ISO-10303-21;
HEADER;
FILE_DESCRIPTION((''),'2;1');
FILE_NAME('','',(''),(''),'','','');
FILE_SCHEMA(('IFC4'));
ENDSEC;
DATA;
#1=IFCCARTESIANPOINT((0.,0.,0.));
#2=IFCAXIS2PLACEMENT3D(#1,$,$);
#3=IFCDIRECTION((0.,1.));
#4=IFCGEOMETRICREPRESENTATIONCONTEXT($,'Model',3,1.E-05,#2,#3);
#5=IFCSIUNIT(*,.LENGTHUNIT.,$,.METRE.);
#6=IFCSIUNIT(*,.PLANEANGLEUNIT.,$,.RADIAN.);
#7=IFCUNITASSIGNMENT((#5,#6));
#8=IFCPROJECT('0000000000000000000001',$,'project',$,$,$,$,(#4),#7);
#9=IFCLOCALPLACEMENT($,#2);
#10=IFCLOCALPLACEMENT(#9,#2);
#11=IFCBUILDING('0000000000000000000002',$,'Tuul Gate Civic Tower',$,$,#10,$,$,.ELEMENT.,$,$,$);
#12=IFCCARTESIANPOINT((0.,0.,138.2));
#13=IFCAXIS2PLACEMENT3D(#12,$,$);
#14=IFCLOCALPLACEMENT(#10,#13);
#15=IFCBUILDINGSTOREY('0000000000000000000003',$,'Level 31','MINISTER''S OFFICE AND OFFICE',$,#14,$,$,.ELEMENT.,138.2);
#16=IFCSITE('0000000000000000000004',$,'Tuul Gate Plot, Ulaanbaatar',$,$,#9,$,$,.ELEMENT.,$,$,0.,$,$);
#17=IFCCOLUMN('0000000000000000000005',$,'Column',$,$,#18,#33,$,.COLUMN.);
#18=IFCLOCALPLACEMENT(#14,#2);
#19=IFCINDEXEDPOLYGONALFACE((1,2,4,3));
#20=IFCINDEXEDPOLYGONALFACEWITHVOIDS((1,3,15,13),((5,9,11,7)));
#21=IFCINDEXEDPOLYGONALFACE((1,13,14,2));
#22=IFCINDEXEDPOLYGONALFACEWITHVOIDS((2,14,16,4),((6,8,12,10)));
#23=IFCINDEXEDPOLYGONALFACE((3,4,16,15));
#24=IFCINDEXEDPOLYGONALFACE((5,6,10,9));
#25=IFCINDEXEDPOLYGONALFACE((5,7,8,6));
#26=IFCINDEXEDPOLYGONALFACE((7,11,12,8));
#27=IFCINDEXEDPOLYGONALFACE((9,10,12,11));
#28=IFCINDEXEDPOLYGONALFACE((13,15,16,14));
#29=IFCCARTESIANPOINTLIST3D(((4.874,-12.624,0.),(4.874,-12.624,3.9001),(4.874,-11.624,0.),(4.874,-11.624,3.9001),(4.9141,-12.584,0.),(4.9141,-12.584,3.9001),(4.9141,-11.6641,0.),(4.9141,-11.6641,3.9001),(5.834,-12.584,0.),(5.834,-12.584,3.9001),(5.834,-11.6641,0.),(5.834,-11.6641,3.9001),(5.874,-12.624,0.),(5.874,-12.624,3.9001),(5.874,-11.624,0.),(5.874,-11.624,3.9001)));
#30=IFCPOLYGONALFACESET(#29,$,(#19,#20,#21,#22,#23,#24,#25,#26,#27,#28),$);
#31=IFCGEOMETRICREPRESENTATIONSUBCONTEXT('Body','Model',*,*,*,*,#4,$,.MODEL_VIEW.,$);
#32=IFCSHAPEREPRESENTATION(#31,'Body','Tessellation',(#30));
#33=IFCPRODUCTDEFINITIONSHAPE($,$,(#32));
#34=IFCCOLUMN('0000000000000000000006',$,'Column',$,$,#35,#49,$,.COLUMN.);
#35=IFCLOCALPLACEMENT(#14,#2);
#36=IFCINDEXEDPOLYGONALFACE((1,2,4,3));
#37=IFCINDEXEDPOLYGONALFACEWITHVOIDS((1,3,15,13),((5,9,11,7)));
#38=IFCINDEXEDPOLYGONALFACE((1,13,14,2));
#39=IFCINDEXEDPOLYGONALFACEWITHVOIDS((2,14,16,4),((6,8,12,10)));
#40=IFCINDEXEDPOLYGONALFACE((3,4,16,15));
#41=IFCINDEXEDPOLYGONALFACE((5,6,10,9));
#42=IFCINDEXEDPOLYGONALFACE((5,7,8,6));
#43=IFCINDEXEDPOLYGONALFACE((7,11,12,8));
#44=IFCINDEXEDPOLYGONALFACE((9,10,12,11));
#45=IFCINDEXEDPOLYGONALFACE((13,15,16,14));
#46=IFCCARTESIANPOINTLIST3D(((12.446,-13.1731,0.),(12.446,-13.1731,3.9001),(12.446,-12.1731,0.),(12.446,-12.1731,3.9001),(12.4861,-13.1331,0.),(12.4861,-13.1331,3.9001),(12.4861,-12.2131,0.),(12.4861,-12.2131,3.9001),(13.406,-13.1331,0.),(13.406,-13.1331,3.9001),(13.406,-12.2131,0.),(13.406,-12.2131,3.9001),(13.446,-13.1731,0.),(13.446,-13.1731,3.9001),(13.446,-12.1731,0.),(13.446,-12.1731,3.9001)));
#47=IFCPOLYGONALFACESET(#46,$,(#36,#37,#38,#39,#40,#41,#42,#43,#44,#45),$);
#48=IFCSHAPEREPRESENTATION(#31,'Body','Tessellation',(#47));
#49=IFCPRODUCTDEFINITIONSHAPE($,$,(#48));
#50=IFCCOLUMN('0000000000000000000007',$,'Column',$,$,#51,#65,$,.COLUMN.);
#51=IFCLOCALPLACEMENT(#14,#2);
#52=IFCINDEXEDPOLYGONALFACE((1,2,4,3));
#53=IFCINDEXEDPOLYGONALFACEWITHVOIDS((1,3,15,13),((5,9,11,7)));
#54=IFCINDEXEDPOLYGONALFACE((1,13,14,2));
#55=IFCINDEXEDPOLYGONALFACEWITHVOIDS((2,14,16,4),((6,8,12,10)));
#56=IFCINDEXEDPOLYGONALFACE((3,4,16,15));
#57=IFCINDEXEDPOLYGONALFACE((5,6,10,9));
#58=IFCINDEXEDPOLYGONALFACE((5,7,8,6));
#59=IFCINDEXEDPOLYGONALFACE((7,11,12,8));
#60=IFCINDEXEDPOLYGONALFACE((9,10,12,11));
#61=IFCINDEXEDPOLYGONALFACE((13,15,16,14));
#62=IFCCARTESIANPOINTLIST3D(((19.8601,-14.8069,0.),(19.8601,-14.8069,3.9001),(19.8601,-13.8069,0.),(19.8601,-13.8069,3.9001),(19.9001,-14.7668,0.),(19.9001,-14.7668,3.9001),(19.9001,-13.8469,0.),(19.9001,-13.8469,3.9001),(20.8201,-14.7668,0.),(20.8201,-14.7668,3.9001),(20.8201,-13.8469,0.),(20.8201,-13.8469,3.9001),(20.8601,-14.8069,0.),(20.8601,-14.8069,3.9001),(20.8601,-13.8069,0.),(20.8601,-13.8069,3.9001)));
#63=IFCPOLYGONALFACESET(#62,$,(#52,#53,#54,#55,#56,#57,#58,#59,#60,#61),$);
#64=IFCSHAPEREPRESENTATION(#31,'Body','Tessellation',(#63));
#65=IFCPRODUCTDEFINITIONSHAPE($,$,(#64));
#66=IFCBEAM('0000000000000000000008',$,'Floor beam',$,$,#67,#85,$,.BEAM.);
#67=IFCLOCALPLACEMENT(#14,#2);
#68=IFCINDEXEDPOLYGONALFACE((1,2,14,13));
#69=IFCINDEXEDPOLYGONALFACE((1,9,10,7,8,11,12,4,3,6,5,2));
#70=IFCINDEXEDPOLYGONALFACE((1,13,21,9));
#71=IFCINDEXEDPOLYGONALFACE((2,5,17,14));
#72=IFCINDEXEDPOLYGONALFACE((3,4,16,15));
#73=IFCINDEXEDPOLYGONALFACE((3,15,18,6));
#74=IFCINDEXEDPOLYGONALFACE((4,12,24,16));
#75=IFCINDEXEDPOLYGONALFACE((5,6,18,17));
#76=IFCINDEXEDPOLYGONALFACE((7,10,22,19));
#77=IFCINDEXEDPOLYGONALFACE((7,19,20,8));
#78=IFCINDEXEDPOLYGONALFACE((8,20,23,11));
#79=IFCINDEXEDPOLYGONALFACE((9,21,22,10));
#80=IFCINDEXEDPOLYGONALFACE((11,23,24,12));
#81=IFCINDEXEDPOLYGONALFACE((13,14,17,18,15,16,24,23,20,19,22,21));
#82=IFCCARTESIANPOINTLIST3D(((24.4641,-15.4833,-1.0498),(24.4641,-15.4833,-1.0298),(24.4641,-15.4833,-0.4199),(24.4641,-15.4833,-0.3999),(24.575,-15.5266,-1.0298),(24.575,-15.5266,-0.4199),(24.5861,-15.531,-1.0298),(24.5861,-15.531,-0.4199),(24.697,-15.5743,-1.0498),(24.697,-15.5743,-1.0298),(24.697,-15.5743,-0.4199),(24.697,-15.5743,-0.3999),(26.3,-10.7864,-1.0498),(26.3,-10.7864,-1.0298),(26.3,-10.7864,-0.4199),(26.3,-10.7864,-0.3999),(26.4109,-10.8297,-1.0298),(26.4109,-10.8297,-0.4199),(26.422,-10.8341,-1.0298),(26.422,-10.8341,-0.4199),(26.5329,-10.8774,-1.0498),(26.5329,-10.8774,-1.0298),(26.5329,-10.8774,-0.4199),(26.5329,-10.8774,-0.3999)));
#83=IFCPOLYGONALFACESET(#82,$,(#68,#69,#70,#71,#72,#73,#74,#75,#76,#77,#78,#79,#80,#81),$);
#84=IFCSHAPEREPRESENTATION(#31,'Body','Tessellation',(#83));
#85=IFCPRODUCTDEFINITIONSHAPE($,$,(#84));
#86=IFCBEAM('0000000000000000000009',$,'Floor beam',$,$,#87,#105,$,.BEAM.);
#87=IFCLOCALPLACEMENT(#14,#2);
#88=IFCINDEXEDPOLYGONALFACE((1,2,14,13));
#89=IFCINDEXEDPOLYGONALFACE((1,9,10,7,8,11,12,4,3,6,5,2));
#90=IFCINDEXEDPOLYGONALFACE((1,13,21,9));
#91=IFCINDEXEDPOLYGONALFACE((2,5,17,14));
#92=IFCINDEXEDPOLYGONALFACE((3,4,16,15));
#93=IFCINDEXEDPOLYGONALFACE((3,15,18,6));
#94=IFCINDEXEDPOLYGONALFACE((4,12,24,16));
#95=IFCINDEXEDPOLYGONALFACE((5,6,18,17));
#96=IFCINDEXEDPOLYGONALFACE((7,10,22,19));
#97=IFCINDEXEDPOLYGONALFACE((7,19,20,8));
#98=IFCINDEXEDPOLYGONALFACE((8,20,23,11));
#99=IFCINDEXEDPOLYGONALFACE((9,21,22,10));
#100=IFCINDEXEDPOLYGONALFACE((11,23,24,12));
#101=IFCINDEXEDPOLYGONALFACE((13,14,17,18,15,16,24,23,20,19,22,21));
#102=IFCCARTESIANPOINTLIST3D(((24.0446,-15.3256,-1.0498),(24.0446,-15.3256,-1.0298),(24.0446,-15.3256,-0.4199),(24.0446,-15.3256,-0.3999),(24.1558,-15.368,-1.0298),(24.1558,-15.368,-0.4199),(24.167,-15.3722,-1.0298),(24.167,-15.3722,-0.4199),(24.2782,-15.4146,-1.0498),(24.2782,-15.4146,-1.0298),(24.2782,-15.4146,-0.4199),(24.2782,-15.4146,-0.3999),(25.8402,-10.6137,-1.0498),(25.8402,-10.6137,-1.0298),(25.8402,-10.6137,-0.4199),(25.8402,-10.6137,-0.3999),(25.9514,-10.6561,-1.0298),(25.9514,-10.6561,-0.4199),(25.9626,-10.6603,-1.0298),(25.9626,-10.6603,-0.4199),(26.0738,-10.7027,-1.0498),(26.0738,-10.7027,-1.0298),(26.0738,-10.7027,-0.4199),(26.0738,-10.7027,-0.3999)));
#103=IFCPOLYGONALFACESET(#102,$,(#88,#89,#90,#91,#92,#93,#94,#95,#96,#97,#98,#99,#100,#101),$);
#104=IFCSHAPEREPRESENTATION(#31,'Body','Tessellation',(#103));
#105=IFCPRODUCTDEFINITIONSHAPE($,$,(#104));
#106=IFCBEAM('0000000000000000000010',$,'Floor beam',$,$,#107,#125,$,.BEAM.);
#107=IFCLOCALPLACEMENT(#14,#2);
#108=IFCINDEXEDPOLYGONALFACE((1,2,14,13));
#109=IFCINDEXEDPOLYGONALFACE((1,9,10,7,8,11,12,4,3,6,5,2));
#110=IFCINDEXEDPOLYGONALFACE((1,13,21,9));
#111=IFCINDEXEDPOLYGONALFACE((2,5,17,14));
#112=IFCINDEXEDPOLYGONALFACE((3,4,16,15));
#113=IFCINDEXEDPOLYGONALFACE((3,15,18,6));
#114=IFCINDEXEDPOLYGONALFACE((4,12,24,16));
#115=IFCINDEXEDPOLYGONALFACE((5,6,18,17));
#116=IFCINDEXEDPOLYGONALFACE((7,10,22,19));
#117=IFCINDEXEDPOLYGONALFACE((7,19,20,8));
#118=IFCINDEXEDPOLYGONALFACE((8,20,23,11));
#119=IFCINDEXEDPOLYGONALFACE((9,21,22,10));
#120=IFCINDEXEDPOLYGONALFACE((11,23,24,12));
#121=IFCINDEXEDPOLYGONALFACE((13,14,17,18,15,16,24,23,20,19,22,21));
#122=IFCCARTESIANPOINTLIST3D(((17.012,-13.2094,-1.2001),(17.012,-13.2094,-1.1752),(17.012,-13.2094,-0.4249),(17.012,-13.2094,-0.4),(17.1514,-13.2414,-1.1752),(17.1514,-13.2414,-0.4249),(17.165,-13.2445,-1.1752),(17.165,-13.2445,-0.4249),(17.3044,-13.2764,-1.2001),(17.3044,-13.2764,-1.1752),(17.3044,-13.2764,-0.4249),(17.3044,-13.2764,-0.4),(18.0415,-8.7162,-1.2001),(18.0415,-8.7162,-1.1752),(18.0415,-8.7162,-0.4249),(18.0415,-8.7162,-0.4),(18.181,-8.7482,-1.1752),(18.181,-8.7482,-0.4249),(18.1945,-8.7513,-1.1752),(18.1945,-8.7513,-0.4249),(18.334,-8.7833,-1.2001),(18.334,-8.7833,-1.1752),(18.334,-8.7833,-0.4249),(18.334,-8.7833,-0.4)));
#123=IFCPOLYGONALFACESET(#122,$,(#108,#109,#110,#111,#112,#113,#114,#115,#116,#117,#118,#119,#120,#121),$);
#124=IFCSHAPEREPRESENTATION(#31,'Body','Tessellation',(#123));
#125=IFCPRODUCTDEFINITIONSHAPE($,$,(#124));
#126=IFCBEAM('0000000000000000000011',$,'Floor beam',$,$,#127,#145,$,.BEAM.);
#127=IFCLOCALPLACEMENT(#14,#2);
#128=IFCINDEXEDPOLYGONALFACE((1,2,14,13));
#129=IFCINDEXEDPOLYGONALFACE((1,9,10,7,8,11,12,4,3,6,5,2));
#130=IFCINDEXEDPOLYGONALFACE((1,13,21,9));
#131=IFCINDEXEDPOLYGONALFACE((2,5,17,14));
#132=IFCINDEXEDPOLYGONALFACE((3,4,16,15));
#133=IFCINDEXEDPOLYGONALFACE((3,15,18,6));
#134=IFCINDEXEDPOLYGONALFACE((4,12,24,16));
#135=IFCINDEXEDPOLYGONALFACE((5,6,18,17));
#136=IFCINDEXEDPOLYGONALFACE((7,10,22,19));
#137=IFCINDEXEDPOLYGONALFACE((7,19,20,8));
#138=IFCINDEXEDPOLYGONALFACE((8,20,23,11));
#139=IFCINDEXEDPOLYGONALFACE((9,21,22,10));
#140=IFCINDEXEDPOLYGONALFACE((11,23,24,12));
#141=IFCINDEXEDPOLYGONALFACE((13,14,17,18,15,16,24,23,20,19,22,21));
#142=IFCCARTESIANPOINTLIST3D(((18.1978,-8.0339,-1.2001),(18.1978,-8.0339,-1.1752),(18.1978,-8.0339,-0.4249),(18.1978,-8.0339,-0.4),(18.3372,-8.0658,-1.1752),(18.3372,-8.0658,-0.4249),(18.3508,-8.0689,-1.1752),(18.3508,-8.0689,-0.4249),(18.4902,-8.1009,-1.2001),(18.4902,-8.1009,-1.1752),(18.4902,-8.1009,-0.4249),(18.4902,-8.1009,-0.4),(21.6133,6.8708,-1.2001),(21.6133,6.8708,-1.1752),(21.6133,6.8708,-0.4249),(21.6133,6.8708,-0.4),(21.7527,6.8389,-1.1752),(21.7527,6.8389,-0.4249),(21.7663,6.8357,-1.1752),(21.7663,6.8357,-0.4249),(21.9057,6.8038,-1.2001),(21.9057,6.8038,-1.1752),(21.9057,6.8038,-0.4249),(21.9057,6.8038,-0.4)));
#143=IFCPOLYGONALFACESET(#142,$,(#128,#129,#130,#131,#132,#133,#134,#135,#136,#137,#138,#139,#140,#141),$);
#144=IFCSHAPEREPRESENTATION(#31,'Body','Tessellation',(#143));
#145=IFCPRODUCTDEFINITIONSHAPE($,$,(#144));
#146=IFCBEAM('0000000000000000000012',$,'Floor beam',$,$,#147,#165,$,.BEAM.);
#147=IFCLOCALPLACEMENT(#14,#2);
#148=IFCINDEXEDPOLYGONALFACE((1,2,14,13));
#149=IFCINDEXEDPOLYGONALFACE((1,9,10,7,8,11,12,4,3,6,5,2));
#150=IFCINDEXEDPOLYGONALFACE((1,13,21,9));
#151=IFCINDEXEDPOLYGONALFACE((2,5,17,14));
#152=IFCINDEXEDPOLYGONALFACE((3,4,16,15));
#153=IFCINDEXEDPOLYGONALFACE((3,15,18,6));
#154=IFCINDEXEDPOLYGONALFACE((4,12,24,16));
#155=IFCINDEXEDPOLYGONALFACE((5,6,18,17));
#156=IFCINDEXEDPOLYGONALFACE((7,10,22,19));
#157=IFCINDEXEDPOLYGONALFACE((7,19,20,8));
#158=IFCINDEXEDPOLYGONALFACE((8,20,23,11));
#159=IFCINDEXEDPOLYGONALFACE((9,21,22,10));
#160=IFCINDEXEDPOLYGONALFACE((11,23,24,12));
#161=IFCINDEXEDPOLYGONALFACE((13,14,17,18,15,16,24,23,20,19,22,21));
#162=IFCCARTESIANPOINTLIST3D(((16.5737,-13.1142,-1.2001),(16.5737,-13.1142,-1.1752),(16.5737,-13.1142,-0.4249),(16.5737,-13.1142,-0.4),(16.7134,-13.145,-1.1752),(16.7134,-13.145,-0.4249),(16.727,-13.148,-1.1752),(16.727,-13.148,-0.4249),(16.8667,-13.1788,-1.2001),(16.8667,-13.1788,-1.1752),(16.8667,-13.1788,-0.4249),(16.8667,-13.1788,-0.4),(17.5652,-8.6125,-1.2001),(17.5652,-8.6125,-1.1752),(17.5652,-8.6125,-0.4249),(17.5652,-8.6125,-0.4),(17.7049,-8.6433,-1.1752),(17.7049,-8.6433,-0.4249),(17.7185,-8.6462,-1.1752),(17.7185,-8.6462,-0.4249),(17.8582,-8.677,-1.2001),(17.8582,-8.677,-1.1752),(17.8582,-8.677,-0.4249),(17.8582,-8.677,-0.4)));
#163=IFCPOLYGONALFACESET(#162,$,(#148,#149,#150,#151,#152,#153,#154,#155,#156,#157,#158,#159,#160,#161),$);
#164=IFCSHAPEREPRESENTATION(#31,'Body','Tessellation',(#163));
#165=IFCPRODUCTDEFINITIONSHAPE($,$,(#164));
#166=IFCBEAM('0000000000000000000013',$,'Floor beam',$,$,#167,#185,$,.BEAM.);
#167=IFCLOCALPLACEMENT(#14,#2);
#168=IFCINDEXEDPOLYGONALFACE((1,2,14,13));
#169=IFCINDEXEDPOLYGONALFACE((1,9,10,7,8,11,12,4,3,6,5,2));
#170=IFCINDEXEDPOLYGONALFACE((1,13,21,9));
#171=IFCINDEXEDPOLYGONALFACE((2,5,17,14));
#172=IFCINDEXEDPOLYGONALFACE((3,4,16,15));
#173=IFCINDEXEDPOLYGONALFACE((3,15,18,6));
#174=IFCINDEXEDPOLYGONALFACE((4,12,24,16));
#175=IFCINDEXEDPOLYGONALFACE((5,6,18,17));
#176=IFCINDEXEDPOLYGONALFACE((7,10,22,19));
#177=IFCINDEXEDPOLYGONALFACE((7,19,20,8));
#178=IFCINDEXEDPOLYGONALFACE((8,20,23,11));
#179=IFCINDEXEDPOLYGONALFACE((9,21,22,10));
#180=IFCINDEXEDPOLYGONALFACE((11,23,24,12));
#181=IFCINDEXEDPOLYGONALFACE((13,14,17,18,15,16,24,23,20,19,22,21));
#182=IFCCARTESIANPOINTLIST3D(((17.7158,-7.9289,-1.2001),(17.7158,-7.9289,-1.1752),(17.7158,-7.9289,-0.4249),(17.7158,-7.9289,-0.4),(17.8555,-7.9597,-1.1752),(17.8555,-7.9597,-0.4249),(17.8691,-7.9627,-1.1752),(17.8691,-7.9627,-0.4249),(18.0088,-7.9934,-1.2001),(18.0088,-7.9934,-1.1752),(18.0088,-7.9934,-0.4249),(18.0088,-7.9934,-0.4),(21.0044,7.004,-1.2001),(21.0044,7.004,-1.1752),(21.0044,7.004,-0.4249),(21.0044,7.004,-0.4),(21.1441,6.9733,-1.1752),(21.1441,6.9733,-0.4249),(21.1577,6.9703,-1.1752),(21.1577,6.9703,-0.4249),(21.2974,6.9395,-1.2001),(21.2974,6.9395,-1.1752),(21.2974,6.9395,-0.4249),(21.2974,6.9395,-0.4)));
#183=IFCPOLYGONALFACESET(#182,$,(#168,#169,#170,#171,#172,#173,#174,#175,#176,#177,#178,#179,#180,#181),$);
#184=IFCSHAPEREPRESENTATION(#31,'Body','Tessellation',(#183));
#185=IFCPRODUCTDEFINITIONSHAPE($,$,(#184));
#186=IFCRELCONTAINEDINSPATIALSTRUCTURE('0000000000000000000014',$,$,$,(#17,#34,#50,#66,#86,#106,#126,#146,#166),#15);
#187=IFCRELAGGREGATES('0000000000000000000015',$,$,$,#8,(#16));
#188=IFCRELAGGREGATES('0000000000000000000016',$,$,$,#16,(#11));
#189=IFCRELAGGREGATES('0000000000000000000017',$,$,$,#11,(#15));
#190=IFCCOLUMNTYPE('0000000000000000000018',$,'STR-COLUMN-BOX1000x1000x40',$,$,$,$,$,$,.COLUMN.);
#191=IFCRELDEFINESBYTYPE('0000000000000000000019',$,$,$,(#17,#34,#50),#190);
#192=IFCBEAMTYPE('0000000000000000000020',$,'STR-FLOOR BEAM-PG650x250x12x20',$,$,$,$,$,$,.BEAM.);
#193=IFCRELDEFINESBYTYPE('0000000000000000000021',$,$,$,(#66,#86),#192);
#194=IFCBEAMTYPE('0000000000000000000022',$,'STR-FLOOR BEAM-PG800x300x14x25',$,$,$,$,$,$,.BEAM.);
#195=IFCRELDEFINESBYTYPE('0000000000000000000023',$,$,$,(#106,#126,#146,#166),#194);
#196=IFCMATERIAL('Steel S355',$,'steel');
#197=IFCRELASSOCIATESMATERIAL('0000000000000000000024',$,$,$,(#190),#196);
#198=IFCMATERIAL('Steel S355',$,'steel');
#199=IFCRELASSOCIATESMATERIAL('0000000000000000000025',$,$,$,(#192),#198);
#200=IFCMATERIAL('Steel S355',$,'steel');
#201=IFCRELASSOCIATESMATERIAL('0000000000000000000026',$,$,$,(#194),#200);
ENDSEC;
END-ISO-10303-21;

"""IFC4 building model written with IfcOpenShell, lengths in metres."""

from ifc_helpers import new_model, si_unit, direction, frame, origin, origin_2d, place, context, subcontext, project, spatial, hollow_rectangle, i_section, extrude, material, material_profile, profile_set, type_object, element, save


model = new_model("IFC4")

# Units and contexts
model_context = context("Model", 3, precision=1e-05, world=origin(), true_north=direction((0.0, 1.0)))
body_context = subcontext(model_context, "Body", "Model", "MODEL_VIEW")
ifc_project = project(units=[si_unit("LENGTHUNIT", "METRE"), si_unit("PLANEANGLEUNIT", "RADIAN")], contexts=[model_context])

# Site, building, storey
site_placement = place(None, origin())
site = spatial("IfcSite", under=ifc_project, at=site_placement, Name="Tuul Gate Plot, Ulaanbaatar", CompositionType="ELEMENT", RefElevation=0.0)
building_placement = place(site_placement, origin())
building = spatial("IfcBuilding", under=site, at=building_placement, Name="Tuul Gate Civic Tower", CompositionType="ELEMENT")
storey_placement = place(building_placement, frame((0.0, 0.0, 138.2)))
storey = spatial("IfcBuildingStorey", under=building, at=storey_placement, Name="Level 31", Description="MINISTER'S OFFICE AND OFFICE", CompositionType="ELEMENT", Elevation=138.2)

# Columns
ifc_material_1 = material(Name="Steel S355", Category="steel")
ifc_material_profile_1 = material_profile(ifc_material_1, hollow_rectangle(XDim=1.0, YDim=1.0, WallThickness=0.04, at=origin_2d()), Name="BOX1000x1000x40")
ifc_profile_set_1 = profile_set([ifc_material_profile_1], Name="Steel S355")
column_type = type_object("IfcColumnType", Name="STR-COLUMN-BOX1000x1000x40", PredefinedType="COLUMN", material=ifc_profile_set_1)
for number, where, z_axis, x_axis, name in (
    (1, (5.374, -12.124, 0.0), (0.0, 0.0, 1.0), (1.0, 0.0, 0.0), "Column"),
    (2, (12.946, -12.6731, 0.0), (0.0, 0.0, 1.0), (1.0, 0.0, 0.0), "Column"),
    (3, (20.3601, -14.3069, 0.0), (0.0, 0.0, 1.0), (1.0, 0.0, 0.0), "Column"),
):
    element("IfcColumn", number, at=place(storey_placement, frame(where, z_axis=z_axis, x_axis=x_axis)), inside=storey, type_object=column_type, Name=name, PredefinedType="COLUMN", context=body_context, shape_type="SweptSolid", body=[
        extrude(hollow_rectangle(XDim=1.0, YDim=1.0, WallThickness=0.04, at=origin_2d()), origin(), (0.0, 0.0, 1.0), 3.9001),
    ])

# Beams
ifc_material_2 = material(Name="Steel S355", Category="steel")
ifc_material_profile_2 = material_profile(ifc_material_2, i_section(OverallWidth=0.25, OverallDepth=0.6499, WebThickness=0.012, FlangeThickness=0.02, at=origin_2d()), Name="PG650x250x12x20")
ifc_profile_set_2 = profile_set([ifc_material_profile_2], Name="Steel S355")
beam_type_1 = type_object("IfcBeamType", Name="STR-FLOOR BEAM-PG650x250x12x20", PredefinedType="BEAM", material=ifc_profile_set_2)
beam_1_placement = place(storey_placement, frame((24.5806, -15.5288, -0.7249), z_axis=(0.364051, 0.931379, 0.0), x_axis=(-0.931379, 0.364051, 0.0)))
element("IfcBeam", 4, at=beam_1_placement, inside=storey, type_object=beam_type_1, Name="Floor beam", PredefinedType="BEAM", context=body_context, shape_type="SweptSolid", body=[
    extrude(i_section(OverallWidth=0.25, OverallDepth=0.6499, WebThickness=0.012, FlangeThickness=0.02, at=origin_2d()), origin(), (0.0, 0.0, 1.0), 5.043),
])
beam_2_placement = place(storey_placement, frame((24.1614, -15.3701, -0.7249), z_axis=(0.356106, 0.934446, 0.0), x_axis=(-0.934446, 0.356106, 0.0)))
element("IfcBeam", 5, at=beam_2_placement, inside=storey, type_object=beam_type_1, Name="Floor beam", PredefinedType="BEAM", context=body_context, shape_type="SweptSolid", body=[
    extrude(i_section(OverallWidth=0.25, OverallDepth=0.6499, WebThickness=0.012, FlangeThickness=0.02, at=origin_2d()), origin(), (0.0, 0.0, 1.0), 5.0425),
])
ifc_material_3 = material(Name="Steel S355", Category="steel")
ifc_material_profile_3 = material_profile(ifc_material_3, i_section(OverallWidth=0.3, OverallDepth=0.8, WebThickness=0.0139, FlangeThickness=0.0249, at=origin_2d()), Name="PG800x300x14x25")
ifc_profile_set_3 = profile_set([ifc_material_profile_3], Name="Steel S355")
beam_type_2 = type_object("IfcBeamType", Name="STR-FLOOR BEAM-PG800x300x14x25", PredefinedType="BEAM", material=ifc_profile_set_3)
beam_3_placement = place(storey_placement, frame((17.1582, -13.2429, -0.8), z_axis=(0.223347, 0.974739, 0.0), x_axis=(-0.974739, 0.223347, 0.0)))
element("IfcBeam", 6, at=beam_3_placement, inside=storey, type_object=beam_type_2, Name="Floor beam", PredefinedType="BEAM", context=body_context, shape_type="SweptSolid", body=[
    extrude(i_section(OverallWidth=0.3, OverallDepth=0.8, WebThickness=0.0139, FlangeThickness=0.0249, at=origin_2d()), origin(), (0.0, 0.0, 1.0), 4.6096),
])
beam_4_placement = place(storey_placement, frame((18.344, -8.0674, -0.8), z_axis=(0.223367, 0.974734, 0.0), x_axis=(-0.974734, 0.223367, 0.0)))
element("IfcBeam", 7, at=beam_4_placement, inside=storey, type_object=beam_type_2, Name="Floor beam", PredefinedType="BEAM", context=body_context, shape_type="SweptSolid", body=[
    extrude(i_section(OverallWidth=0.3, OverallDepth=0.8, WebThickness=0.0139, FlangeThickness=0.0249, at=origin_2d()), origin(), (0.0, 0.0, 1.0), 15.291),
])
beam_5_placement = place(storey_placement, frame((16.7202, -13.1465, -0.8), z_axis=(0.215085, 0.976595, 0.0), x_axis=(-0.976595, 0.215085, 0.0)))
element("IfcBeam", 8, at=beam_5_placement, inside=storey, type_object=beam_type_2, Name="Floor beam", PredefinedType="BEAM", context=body_context, shape_type="SweptSolid", body=[
    extrude(i_section(OverallWidth=0.3, OverallDepth=0.8, WebThickness=0.0139, FlangeThickness=0.0249, at=origin_2d()), origin(), (0.0, 0.0, 1.0), 4.6096),
])
beam_6_placement = place(storey_placement, frame((17.8623, -7.9612, -0.8), z_axis=(0.21507, 0.976599, 0.0), x_axis=(-0.976599, 0.21507, 0.0)))
element("IfcBeam", 9, at=beam_6_placement, inside=storey, type_object=beam_type_2, Name="Floor beam", PredefinedType="BEAM", context=body_context, shape_type="SweptSolid", body=[
    extrude(i_section(OverallWidth=0.3, OverallDepth=0.8, WebThickness=0.0139, FlangeThickness=0.0249, at=origin_2d()), origin(), (0.0, 0.0, 1.0), 15.2908),
])

save(model, "model.ifc")
